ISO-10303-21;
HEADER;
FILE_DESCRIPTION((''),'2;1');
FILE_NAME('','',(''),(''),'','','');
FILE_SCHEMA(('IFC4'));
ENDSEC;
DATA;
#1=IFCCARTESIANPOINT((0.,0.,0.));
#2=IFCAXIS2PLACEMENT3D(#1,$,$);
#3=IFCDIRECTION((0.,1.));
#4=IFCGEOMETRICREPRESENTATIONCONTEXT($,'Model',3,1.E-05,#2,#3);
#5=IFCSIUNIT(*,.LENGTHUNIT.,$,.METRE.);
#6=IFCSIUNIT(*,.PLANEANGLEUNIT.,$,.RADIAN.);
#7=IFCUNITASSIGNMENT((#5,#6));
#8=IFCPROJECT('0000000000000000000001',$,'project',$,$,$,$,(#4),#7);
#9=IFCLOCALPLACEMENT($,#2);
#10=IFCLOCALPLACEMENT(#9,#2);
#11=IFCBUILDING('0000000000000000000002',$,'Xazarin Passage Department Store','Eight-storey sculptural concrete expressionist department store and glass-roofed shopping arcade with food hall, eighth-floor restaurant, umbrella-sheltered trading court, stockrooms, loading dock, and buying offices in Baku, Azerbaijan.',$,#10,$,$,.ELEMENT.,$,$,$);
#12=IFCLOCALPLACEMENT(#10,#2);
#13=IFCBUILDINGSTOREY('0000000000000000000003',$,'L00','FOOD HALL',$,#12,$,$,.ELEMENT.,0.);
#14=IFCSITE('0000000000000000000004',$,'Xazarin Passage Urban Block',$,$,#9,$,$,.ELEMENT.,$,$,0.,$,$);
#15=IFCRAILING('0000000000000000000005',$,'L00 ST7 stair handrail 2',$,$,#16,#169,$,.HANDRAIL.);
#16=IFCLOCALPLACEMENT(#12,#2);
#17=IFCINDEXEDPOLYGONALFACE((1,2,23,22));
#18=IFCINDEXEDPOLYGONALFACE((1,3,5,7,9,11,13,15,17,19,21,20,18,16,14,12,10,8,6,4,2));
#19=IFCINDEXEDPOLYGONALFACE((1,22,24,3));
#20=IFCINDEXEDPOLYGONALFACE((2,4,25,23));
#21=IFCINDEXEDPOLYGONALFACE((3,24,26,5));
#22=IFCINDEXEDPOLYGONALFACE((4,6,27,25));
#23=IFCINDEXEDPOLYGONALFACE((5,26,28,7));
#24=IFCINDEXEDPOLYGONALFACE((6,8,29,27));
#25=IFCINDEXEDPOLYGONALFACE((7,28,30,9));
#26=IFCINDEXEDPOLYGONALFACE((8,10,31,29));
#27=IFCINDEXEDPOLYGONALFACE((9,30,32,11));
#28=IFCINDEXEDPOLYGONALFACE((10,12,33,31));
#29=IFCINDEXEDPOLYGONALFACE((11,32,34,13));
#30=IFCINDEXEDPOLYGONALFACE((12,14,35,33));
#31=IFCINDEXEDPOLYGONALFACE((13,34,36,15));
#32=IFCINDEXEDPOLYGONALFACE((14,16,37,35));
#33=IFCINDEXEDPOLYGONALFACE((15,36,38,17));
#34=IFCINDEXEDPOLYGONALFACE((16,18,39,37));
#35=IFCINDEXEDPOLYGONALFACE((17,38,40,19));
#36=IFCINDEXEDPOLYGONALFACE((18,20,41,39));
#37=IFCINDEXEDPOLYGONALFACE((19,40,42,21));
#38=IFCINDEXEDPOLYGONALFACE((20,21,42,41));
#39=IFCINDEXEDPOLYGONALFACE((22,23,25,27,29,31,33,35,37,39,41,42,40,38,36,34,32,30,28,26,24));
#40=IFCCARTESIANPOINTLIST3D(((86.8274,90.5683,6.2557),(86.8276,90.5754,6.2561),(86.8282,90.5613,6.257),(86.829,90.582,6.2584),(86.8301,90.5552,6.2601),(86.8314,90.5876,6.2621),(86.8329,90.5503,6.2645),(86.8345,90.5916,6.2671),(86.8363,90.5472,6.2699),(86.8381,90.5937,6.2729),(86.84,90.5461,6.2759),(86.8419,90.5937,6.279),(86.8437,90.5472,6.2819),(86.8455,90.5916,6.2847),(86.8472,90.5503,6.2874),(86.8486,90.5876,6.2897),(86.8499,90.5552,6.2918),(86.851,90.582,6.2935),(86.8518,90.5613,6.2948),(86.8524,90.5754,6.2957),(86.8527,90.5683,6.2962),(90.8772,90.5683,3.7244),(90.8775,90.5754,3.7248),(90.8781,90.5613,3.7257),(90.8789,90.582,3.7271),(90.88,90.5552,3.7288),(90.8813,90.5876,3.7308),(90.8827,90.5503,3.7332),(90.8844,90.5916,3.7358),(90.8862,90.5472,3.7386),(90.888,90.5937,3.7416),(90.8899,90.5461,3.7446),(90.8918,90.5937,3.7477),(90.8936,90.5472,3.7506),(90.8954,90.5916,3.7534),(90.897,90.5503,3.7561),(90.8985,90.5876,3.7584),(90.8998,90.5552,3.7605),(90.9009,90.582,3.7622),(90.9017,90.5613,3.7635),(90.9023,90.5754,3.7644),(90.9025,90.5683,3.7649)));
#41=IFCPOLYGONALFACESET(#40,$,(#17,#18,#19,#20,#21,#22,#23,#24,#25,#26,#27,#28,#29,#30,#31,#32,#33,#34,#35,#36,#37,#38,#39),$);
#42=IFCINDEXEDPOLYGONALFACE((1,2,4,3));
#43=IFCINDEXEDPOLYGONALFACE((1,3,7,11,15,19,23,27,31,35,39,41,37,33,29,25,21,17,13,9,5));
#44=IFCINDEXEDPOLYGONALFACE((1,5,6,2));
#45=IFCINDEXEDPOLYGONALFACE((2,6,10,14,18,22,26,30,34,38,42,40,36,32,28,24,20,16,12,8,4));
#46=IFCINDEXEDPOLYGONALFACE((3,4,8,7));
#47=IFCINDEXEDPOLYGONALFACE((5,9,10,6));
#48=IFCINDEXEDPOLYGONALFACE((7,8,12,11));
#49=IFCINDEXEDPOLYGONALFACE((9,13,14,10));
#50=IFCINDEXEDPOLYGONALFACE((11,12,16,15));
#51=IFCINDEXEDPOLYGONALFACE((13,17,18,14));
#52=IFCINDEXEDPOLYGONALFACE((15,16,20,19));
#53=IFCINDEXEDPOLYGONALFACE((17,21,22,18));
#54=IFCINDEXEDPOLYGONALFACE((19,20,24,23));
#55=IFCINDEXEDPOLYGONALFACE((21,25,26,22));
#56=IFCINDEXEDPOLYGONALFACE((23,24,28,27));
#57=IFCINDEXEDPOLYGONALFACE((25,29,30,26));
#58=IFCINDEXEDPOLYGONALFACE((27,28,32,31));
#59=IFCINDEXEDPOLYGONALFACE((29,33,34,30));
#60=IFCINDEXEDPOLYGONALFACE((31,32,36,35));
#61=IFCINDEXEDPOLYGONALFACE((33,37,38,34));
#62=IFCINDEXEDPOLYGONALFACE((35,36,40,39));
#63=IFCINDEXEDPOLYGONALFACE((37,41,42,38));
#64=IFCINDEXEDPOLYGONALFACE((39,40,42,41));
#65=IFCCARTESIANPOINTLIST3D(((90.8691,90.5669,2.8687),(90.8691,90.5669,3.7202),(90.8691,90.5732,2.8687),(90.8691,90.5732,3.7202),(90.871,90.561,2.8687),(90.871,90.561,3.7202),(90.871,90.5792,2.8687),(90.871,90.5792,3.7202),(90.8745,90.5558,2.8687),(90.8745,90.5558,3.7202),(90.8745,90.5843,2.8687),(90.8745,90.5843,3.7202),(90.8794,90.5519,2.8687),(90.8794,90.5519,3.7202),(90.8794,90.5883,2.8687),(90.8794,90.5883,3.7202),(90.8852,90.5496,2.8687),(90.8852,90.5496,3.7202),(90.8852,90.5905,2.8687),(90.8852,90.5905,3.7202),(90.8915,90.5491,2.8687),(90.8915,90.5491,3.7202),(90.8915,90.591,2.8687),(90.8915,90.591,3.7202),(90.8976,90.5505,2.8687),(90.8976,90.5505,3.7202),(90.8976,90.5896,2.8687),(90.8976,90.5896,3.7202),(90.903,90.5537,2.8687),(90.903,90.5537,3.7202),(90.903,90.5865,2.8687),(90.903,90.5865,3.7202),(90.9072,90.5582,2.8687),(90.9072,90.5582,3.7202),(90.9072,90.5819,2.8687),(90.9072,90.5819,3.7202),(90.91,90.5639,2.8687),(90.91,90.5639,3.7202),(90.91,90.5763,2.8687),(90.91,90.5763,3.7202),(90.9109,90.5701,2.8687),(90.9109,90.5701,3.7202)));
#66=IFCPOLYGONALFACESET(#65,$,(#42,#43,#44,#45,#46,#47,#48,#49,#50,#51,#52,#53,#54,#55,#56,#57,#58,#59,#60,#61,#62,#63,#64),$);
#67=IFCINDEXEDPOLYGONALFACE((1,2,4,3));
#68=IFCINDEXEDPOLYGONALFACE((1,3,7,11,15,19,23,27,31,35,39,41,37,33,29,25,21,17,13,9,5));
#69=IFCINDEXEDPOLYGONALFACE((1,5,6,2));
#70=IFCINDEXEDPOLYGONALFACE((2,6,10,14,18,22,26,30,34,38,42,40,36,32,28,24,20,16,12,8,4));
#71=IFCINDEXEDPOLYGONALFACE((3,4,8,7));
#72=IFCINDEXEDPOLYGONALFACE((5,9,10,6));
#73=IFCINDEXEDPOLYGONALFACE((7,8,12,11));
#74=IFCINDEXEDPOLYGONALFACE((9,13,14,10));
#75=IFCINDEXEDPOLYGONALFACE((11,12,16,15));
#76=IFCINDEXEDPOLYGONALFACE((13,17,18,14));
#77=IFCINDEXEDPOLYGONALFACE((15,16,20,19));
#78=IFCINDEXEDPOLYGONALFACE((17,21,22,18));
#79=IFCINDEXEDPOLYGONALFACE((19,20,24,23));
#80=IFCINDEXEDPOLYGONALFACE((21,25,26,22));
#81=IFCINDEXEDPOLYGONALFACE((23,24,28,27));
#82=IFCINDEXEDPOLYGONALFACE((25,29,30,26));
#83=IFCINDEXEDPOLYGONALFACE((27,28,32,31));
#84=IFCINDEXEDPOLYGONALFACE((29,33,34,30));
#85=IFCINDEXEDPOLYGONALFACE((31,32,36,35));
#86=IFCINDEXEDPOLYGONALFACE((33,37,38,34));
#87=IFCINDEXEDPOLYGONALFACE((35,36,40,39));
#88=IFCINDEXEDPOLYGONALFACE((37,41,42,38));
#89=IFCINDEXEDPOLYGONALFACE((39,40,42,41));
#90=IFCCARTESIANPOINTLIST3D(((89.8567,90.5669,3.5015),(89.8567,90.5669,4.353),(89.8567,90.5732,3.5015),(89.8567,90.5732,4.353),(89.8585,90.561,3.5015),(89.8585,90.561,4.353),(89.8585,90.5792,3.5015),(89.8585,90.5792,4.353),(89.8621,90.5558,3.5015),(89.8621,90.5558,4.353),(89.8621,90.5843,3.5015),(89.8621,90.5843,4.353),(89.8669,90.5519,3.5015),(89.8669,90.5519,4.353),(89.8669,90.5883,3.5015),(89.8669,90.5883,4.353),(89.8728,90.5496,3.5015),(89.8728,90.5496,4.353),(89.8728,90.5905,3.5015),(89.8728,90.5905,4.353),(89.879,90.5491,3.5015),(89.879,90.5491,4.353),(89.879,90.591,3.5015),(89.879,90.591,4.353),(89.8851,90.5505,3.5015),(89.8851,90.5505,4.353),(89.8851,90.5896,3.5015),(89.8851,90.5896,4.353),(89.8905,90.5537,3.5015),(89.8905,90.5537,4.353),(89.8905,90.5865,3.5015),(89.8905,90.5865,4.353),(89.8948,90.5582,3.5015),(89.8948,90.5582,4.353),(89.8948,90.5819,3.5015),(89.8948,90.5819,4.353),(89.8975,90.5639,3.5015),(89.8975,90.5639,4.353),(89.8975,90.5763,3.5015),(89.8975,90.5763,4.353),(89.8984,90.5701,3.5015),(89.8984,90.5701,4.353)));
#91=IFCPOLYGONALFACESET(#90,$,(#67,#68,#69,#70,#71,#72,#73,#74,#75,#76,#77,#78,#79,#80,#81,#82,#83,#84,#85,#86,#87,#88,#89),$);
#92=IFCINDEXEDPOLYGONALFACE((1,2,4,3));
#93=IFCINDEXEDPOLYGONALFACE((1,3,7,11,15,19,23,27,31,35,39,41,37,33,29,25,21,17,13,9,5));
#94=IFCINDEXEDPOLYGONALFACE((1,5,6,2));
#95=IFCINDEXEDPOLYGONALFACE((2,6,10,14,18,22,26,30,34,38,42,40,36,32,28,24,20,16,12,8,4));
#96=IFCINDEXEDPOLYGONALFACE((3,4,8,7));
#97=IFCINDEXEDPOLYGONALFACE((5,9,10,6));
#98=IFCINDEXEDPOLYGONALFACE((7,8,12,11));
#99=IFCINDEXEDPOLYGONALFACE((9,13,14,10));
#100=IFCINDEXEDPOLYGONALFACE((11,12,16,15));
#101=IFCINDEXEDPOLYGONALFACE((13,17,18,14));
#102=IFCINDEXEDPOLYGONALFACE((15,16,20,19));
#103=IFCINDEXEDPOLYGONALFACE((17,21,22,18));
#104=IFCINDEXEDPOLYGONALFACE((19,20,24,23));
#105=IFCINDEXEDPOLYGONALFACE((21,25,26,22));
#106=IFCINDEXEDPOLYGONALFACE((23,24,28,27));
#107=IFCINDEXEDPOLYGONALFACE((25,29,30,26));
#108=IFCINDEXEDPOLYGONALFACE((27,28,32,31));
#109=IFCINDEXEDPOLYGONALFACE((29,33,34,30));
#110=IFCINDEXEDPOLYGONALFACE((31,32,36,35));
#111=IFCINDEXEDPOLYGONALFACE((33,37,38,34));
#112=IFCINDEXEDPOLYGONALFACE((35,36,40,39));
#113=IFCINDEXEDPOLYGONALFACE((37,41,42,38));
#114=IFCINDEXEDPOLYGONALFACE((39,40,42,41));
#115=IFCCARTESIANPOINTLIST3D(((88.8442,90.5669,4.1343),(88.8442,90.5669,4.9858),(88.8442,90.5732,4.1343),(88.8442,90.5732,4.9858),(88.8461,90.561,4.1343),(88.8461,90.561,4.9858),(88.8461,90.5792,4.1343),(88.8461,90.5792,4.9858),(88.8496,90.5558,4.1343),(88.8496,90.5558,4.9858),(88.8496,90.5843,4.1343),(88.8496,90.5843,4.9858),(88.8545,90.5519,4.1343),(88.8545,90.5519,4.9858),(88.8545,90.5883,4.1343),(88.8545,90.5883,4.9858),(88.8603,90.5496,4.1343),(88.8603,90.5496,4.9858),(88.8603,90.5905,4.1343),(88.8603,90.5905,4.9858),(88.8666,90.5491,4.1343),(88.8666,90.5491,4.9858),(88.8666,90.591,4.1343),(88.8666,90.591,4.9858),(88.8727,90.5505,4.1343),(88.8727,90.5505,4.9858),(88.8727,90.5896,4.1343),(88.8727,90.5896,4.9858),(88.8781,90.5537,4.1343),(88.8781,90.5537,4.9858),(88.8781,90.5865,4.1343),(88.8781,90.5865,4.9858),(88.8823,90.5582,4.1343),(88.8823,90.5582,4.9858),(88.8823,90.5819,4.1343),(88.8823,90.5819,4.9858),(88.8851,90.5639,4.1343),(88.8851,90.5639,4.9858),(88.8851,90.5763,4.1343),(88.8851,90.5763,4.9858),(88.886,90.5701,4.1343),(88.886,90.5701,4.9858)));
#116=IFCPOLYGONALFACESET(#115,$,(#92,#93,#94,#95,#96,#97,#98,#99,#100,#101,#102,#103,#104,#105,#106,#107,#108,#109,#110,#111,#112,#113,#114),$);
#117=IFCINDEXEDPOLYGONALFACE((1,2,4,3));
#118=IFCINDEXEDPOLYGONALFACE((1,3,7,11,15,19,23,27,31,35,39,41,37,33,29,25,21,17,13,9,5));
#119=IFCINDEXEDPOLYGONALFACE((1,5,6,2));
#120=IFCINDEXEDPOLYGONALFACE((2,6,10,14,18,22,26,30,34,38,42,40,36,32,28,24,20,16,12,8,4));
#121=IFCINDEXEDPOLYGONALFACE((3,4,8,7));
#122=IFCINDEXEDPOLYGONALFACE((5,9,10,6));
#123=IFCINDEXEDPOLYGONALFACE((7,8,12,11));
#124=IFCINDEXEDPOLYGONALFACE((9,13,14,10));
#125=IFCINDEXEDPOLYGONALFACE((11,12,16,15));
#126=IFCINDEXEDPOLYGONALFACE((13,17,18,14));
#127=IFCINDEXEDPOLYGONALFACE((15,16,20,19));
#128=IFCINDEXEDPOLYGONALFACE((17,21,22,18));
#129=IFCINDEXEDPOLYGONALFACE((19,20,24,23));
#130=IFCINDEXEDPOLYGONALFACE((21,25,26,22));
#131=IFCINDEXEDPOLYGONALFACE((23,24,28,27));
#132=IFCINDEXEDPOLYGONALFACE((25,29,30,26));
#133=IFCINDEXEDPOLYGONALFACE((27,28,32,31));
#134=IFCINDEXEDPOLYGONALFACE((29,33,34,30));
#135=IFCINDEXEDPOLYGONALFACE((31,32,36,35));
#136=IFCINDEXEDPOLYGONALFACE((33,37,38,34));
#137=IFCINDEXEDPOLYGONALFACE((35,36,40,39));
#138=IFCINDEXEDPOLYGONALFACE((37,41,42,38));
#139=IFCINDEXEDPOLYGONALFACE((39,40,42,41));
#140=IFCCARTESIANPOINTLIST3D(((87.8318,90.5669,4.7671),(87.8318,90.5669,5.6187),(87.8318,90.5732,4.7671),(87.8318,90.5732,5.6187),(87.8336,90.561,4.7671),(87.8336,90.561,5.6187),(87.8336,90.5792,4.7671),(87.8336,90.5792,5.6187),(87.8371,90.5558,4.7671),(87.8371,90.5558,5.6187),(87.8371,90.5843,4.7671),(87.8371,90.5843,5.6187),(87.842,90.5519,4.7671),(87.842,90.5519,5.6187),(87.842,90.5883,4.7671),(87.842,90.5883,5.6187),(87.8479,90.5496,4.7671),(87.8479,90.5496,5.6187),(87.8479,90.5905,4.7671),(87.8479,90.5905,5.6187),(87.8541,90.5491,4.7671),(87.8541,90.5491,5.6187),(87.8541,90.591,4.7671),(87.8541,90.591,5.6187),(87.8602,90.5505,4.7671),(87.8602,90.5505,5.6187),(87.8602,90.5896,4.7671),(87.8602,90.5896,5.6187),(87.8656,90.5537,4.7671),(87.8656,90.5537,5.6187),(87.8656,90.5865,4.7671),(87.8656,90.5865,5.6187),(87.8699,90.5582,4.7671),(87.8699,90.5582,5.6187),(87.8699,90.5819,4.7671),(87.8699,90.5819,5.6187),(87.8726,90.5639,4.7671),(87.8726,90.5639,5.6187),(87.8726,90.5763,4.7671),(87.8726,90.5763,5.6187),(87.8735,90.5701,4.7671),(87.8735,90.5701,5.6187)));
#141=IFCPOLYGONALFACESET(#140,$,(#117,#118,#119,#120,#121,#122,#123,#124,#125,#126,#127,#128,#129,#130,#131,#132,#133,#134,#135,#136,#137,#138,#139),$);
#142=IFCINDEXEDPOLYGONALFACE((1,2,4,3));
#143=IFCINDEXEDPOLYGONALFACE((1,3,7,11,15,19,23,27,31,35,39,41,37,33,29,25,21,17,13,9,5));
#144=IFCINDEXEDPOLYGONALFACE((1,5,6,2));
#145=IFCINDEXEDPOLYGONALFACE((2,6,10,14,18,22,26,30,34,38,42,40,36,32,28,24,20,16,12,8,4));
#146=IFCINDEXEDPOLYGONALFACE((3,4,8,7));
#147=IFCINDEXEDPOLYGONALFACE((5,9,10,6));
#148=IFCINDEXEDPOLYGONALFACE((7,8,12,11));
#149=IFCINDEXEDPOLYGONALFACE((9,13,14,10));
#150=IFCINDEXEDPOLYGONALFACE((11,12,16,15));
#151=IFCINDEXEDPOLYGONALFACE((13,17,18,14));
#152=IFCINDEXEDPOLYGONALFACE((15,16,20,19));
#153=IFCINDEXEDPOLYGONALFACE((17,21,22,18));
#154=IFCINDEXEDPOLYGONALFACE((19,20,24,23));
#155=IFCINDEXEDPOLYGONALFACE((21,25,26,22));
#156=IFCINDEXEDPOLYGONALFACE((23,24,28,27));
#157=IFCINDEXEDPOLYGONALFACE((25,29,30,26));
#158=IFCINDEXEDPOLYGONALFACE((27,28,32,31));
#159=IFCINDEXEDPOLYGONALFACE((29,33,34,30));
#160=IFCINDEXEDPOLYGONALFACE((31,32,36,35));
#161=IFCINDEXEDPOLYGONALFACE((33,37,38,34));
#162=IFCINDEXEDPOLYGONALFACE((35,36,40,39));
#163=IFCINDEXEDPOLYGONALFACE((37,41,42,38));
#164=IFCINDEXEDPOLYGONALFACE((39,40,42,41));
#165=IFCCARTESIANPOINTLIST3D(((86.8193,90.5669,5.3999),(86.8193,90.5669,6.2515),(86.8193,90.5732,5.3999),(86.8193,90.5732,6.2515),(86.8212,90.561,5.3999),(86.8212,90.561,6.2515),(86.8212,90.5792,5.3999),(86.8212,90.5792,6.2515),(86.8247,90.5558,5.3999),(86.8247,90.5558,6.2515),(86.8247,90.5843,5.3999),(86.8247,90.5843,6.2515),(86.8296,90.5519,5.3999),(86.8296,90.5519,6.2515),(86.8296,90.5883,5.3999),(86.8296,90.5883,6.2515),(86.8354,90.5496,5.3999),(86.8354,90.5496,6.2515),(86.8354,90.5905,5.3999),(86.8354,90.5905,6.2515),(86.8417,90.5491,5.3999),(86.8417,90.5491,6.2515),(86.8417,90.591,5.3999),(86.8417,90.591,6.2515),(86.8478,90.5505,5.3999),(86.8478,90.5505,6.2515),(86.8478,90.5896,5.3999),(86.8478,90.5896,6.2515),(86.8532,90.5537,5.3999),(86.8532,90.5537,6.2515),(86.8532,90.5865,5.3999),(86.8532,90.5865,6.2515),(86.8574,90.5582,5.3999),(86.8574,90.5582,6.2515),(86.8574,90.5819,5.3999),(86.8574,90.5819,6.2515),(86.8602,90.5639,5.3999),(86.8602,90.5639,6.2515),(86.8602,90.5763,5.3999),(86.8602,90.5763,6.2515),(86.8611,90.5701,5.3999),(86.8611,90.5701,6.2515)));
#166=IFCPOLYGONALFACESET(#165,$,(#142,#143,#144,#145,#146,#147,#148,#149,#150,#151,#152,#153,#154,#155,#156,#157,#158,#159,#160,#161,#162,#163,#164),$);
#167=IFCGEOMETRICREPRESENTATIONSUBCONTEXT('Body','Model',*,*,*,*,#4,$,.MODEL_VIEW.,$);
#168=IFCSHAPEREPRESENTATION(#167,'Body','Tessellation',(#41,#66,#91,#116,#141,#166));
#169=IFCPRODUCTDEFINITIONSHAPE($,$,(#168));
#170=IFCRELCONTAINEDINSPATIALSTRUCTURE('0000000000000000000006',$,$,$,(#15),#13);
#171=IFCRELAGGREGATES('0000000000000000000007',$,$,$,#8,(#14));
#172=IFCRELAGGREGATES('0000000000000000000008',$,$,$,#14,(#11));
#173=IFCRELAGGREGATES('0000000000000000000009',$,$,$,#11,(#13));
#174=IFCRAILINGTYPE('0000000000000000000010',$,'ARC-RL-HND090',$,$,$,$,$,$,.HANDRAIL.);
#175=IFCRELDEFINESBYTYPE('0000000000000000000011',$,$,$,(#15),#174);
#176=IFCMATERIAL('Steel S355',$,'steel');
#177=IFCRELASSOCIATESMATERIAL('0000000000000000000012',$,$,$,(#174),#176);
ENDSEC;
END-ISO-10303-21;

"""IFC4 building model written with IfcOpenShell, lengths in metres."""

from ifc_helpers import new_model, si_unit, direction, frame, origin, origin_2d, place, context, subcontext, project, spatial, circle, extrude, material, type_object, element, save


model = new_model("IFC4")

# Units and contexts
model_context = context("Model", 3, precision=1e-05, world=origin(), true_north=direction((0.0, 1.0)))
body_context = subcontext(model_context, "Body", "Model", "MODEL_VIEW")
ifc_project = project(units=[si_unit("LENGTHUNIT", "METRE"), si_unit("PLANEANGLEUNIT", "RADIAN")], contexts=[model_context])

# Site, building, storey
site_placement = place(None, origin())
site = spatial("IfcSite", under=ifc_project, at=site_placement, Name="Xazarin Passage Urban Block", CompositionType="ELEMENT", RefElevation=0.0)
building_placement = place(site_placement, origin())
building = spatial("IfcBuilding", under=site, at=building_placement, Name="Xazarin Passage Department Store", Description="Eight-storey sculptural concrete expressionist department store and glass-roofed shopping arcade with food hall, eighth-floor restaurant, umbrella-sheltered trading court, stockrooms, loading dock, and buying offices in Baku, Azerbaijan.", CompositionType="ELEMENT")
storey_placement = place(building_placement, origin())
storey = spatial("IfcBuildingStorey", under=building, at=storey_placement, Name="L00", Description="FOOD HALL", CompositionType="ELEMENT", Elevation=0.0)

# Shared definitions
ifc_material_1 = material(Name="Steel S355", Category="steel")

# Railing
railing_type_1 = type_object("IfcRailingType", Name="ARC-RL-HND090", PredefinedType="HANDRAIL", material=ifc_material_1)
railing_1_placement = place(storey_placement, frame((90.8899, 90.5701, 2.8687)))
element("IfcRailing", 1, at=railing_1_placement, inside=storey, type_object=railing_type_1, Name="L00 ST7 stair handrail 2", PredefinedType="HANDRAIL", context=body_context, shape_type="SweptSolid", body=[
    extrude(circle(Radius=0.0239, at=origin_2d()), frame((0.0, 0.0, 0.876), z_axis=(-0.847987, 0.0, 0.530017), x_axis=(0.0, -1.0, 0.0)), (0.0, 0.0, 1.0), 4.7759),
    extrude(circle(Radius=0.021, at=origin_2d()), origin(), (0.0, 0.0, 1.0), 0.8516),
    extrude(circle(Radius=0.021, at=origin_2d()), frame((-1.0125, 0.0, 0.6328)), (0.0, 0.0, 1.0), 0.8516),
    extrude(circle(Radius=0.021, at=origin_2d()), frame((-2.0249, 0.0, 1.2656)), (0.0, 0.0, 1.0), 0.8516),
    extrude(circle(Radius=0.021, at=origin_2d()), frame((-3.0374, 0.0, 1.8984)), (0.0, 0.0, 1.0), 0.8516),
    extrude(circle(Radius=0.021, at=origin_2d()), frame((-4.0498, 0.0, 2.5312)), (0.0, 0.0, 1.0), 0.8516),
])

save(model, "model.ifc")
